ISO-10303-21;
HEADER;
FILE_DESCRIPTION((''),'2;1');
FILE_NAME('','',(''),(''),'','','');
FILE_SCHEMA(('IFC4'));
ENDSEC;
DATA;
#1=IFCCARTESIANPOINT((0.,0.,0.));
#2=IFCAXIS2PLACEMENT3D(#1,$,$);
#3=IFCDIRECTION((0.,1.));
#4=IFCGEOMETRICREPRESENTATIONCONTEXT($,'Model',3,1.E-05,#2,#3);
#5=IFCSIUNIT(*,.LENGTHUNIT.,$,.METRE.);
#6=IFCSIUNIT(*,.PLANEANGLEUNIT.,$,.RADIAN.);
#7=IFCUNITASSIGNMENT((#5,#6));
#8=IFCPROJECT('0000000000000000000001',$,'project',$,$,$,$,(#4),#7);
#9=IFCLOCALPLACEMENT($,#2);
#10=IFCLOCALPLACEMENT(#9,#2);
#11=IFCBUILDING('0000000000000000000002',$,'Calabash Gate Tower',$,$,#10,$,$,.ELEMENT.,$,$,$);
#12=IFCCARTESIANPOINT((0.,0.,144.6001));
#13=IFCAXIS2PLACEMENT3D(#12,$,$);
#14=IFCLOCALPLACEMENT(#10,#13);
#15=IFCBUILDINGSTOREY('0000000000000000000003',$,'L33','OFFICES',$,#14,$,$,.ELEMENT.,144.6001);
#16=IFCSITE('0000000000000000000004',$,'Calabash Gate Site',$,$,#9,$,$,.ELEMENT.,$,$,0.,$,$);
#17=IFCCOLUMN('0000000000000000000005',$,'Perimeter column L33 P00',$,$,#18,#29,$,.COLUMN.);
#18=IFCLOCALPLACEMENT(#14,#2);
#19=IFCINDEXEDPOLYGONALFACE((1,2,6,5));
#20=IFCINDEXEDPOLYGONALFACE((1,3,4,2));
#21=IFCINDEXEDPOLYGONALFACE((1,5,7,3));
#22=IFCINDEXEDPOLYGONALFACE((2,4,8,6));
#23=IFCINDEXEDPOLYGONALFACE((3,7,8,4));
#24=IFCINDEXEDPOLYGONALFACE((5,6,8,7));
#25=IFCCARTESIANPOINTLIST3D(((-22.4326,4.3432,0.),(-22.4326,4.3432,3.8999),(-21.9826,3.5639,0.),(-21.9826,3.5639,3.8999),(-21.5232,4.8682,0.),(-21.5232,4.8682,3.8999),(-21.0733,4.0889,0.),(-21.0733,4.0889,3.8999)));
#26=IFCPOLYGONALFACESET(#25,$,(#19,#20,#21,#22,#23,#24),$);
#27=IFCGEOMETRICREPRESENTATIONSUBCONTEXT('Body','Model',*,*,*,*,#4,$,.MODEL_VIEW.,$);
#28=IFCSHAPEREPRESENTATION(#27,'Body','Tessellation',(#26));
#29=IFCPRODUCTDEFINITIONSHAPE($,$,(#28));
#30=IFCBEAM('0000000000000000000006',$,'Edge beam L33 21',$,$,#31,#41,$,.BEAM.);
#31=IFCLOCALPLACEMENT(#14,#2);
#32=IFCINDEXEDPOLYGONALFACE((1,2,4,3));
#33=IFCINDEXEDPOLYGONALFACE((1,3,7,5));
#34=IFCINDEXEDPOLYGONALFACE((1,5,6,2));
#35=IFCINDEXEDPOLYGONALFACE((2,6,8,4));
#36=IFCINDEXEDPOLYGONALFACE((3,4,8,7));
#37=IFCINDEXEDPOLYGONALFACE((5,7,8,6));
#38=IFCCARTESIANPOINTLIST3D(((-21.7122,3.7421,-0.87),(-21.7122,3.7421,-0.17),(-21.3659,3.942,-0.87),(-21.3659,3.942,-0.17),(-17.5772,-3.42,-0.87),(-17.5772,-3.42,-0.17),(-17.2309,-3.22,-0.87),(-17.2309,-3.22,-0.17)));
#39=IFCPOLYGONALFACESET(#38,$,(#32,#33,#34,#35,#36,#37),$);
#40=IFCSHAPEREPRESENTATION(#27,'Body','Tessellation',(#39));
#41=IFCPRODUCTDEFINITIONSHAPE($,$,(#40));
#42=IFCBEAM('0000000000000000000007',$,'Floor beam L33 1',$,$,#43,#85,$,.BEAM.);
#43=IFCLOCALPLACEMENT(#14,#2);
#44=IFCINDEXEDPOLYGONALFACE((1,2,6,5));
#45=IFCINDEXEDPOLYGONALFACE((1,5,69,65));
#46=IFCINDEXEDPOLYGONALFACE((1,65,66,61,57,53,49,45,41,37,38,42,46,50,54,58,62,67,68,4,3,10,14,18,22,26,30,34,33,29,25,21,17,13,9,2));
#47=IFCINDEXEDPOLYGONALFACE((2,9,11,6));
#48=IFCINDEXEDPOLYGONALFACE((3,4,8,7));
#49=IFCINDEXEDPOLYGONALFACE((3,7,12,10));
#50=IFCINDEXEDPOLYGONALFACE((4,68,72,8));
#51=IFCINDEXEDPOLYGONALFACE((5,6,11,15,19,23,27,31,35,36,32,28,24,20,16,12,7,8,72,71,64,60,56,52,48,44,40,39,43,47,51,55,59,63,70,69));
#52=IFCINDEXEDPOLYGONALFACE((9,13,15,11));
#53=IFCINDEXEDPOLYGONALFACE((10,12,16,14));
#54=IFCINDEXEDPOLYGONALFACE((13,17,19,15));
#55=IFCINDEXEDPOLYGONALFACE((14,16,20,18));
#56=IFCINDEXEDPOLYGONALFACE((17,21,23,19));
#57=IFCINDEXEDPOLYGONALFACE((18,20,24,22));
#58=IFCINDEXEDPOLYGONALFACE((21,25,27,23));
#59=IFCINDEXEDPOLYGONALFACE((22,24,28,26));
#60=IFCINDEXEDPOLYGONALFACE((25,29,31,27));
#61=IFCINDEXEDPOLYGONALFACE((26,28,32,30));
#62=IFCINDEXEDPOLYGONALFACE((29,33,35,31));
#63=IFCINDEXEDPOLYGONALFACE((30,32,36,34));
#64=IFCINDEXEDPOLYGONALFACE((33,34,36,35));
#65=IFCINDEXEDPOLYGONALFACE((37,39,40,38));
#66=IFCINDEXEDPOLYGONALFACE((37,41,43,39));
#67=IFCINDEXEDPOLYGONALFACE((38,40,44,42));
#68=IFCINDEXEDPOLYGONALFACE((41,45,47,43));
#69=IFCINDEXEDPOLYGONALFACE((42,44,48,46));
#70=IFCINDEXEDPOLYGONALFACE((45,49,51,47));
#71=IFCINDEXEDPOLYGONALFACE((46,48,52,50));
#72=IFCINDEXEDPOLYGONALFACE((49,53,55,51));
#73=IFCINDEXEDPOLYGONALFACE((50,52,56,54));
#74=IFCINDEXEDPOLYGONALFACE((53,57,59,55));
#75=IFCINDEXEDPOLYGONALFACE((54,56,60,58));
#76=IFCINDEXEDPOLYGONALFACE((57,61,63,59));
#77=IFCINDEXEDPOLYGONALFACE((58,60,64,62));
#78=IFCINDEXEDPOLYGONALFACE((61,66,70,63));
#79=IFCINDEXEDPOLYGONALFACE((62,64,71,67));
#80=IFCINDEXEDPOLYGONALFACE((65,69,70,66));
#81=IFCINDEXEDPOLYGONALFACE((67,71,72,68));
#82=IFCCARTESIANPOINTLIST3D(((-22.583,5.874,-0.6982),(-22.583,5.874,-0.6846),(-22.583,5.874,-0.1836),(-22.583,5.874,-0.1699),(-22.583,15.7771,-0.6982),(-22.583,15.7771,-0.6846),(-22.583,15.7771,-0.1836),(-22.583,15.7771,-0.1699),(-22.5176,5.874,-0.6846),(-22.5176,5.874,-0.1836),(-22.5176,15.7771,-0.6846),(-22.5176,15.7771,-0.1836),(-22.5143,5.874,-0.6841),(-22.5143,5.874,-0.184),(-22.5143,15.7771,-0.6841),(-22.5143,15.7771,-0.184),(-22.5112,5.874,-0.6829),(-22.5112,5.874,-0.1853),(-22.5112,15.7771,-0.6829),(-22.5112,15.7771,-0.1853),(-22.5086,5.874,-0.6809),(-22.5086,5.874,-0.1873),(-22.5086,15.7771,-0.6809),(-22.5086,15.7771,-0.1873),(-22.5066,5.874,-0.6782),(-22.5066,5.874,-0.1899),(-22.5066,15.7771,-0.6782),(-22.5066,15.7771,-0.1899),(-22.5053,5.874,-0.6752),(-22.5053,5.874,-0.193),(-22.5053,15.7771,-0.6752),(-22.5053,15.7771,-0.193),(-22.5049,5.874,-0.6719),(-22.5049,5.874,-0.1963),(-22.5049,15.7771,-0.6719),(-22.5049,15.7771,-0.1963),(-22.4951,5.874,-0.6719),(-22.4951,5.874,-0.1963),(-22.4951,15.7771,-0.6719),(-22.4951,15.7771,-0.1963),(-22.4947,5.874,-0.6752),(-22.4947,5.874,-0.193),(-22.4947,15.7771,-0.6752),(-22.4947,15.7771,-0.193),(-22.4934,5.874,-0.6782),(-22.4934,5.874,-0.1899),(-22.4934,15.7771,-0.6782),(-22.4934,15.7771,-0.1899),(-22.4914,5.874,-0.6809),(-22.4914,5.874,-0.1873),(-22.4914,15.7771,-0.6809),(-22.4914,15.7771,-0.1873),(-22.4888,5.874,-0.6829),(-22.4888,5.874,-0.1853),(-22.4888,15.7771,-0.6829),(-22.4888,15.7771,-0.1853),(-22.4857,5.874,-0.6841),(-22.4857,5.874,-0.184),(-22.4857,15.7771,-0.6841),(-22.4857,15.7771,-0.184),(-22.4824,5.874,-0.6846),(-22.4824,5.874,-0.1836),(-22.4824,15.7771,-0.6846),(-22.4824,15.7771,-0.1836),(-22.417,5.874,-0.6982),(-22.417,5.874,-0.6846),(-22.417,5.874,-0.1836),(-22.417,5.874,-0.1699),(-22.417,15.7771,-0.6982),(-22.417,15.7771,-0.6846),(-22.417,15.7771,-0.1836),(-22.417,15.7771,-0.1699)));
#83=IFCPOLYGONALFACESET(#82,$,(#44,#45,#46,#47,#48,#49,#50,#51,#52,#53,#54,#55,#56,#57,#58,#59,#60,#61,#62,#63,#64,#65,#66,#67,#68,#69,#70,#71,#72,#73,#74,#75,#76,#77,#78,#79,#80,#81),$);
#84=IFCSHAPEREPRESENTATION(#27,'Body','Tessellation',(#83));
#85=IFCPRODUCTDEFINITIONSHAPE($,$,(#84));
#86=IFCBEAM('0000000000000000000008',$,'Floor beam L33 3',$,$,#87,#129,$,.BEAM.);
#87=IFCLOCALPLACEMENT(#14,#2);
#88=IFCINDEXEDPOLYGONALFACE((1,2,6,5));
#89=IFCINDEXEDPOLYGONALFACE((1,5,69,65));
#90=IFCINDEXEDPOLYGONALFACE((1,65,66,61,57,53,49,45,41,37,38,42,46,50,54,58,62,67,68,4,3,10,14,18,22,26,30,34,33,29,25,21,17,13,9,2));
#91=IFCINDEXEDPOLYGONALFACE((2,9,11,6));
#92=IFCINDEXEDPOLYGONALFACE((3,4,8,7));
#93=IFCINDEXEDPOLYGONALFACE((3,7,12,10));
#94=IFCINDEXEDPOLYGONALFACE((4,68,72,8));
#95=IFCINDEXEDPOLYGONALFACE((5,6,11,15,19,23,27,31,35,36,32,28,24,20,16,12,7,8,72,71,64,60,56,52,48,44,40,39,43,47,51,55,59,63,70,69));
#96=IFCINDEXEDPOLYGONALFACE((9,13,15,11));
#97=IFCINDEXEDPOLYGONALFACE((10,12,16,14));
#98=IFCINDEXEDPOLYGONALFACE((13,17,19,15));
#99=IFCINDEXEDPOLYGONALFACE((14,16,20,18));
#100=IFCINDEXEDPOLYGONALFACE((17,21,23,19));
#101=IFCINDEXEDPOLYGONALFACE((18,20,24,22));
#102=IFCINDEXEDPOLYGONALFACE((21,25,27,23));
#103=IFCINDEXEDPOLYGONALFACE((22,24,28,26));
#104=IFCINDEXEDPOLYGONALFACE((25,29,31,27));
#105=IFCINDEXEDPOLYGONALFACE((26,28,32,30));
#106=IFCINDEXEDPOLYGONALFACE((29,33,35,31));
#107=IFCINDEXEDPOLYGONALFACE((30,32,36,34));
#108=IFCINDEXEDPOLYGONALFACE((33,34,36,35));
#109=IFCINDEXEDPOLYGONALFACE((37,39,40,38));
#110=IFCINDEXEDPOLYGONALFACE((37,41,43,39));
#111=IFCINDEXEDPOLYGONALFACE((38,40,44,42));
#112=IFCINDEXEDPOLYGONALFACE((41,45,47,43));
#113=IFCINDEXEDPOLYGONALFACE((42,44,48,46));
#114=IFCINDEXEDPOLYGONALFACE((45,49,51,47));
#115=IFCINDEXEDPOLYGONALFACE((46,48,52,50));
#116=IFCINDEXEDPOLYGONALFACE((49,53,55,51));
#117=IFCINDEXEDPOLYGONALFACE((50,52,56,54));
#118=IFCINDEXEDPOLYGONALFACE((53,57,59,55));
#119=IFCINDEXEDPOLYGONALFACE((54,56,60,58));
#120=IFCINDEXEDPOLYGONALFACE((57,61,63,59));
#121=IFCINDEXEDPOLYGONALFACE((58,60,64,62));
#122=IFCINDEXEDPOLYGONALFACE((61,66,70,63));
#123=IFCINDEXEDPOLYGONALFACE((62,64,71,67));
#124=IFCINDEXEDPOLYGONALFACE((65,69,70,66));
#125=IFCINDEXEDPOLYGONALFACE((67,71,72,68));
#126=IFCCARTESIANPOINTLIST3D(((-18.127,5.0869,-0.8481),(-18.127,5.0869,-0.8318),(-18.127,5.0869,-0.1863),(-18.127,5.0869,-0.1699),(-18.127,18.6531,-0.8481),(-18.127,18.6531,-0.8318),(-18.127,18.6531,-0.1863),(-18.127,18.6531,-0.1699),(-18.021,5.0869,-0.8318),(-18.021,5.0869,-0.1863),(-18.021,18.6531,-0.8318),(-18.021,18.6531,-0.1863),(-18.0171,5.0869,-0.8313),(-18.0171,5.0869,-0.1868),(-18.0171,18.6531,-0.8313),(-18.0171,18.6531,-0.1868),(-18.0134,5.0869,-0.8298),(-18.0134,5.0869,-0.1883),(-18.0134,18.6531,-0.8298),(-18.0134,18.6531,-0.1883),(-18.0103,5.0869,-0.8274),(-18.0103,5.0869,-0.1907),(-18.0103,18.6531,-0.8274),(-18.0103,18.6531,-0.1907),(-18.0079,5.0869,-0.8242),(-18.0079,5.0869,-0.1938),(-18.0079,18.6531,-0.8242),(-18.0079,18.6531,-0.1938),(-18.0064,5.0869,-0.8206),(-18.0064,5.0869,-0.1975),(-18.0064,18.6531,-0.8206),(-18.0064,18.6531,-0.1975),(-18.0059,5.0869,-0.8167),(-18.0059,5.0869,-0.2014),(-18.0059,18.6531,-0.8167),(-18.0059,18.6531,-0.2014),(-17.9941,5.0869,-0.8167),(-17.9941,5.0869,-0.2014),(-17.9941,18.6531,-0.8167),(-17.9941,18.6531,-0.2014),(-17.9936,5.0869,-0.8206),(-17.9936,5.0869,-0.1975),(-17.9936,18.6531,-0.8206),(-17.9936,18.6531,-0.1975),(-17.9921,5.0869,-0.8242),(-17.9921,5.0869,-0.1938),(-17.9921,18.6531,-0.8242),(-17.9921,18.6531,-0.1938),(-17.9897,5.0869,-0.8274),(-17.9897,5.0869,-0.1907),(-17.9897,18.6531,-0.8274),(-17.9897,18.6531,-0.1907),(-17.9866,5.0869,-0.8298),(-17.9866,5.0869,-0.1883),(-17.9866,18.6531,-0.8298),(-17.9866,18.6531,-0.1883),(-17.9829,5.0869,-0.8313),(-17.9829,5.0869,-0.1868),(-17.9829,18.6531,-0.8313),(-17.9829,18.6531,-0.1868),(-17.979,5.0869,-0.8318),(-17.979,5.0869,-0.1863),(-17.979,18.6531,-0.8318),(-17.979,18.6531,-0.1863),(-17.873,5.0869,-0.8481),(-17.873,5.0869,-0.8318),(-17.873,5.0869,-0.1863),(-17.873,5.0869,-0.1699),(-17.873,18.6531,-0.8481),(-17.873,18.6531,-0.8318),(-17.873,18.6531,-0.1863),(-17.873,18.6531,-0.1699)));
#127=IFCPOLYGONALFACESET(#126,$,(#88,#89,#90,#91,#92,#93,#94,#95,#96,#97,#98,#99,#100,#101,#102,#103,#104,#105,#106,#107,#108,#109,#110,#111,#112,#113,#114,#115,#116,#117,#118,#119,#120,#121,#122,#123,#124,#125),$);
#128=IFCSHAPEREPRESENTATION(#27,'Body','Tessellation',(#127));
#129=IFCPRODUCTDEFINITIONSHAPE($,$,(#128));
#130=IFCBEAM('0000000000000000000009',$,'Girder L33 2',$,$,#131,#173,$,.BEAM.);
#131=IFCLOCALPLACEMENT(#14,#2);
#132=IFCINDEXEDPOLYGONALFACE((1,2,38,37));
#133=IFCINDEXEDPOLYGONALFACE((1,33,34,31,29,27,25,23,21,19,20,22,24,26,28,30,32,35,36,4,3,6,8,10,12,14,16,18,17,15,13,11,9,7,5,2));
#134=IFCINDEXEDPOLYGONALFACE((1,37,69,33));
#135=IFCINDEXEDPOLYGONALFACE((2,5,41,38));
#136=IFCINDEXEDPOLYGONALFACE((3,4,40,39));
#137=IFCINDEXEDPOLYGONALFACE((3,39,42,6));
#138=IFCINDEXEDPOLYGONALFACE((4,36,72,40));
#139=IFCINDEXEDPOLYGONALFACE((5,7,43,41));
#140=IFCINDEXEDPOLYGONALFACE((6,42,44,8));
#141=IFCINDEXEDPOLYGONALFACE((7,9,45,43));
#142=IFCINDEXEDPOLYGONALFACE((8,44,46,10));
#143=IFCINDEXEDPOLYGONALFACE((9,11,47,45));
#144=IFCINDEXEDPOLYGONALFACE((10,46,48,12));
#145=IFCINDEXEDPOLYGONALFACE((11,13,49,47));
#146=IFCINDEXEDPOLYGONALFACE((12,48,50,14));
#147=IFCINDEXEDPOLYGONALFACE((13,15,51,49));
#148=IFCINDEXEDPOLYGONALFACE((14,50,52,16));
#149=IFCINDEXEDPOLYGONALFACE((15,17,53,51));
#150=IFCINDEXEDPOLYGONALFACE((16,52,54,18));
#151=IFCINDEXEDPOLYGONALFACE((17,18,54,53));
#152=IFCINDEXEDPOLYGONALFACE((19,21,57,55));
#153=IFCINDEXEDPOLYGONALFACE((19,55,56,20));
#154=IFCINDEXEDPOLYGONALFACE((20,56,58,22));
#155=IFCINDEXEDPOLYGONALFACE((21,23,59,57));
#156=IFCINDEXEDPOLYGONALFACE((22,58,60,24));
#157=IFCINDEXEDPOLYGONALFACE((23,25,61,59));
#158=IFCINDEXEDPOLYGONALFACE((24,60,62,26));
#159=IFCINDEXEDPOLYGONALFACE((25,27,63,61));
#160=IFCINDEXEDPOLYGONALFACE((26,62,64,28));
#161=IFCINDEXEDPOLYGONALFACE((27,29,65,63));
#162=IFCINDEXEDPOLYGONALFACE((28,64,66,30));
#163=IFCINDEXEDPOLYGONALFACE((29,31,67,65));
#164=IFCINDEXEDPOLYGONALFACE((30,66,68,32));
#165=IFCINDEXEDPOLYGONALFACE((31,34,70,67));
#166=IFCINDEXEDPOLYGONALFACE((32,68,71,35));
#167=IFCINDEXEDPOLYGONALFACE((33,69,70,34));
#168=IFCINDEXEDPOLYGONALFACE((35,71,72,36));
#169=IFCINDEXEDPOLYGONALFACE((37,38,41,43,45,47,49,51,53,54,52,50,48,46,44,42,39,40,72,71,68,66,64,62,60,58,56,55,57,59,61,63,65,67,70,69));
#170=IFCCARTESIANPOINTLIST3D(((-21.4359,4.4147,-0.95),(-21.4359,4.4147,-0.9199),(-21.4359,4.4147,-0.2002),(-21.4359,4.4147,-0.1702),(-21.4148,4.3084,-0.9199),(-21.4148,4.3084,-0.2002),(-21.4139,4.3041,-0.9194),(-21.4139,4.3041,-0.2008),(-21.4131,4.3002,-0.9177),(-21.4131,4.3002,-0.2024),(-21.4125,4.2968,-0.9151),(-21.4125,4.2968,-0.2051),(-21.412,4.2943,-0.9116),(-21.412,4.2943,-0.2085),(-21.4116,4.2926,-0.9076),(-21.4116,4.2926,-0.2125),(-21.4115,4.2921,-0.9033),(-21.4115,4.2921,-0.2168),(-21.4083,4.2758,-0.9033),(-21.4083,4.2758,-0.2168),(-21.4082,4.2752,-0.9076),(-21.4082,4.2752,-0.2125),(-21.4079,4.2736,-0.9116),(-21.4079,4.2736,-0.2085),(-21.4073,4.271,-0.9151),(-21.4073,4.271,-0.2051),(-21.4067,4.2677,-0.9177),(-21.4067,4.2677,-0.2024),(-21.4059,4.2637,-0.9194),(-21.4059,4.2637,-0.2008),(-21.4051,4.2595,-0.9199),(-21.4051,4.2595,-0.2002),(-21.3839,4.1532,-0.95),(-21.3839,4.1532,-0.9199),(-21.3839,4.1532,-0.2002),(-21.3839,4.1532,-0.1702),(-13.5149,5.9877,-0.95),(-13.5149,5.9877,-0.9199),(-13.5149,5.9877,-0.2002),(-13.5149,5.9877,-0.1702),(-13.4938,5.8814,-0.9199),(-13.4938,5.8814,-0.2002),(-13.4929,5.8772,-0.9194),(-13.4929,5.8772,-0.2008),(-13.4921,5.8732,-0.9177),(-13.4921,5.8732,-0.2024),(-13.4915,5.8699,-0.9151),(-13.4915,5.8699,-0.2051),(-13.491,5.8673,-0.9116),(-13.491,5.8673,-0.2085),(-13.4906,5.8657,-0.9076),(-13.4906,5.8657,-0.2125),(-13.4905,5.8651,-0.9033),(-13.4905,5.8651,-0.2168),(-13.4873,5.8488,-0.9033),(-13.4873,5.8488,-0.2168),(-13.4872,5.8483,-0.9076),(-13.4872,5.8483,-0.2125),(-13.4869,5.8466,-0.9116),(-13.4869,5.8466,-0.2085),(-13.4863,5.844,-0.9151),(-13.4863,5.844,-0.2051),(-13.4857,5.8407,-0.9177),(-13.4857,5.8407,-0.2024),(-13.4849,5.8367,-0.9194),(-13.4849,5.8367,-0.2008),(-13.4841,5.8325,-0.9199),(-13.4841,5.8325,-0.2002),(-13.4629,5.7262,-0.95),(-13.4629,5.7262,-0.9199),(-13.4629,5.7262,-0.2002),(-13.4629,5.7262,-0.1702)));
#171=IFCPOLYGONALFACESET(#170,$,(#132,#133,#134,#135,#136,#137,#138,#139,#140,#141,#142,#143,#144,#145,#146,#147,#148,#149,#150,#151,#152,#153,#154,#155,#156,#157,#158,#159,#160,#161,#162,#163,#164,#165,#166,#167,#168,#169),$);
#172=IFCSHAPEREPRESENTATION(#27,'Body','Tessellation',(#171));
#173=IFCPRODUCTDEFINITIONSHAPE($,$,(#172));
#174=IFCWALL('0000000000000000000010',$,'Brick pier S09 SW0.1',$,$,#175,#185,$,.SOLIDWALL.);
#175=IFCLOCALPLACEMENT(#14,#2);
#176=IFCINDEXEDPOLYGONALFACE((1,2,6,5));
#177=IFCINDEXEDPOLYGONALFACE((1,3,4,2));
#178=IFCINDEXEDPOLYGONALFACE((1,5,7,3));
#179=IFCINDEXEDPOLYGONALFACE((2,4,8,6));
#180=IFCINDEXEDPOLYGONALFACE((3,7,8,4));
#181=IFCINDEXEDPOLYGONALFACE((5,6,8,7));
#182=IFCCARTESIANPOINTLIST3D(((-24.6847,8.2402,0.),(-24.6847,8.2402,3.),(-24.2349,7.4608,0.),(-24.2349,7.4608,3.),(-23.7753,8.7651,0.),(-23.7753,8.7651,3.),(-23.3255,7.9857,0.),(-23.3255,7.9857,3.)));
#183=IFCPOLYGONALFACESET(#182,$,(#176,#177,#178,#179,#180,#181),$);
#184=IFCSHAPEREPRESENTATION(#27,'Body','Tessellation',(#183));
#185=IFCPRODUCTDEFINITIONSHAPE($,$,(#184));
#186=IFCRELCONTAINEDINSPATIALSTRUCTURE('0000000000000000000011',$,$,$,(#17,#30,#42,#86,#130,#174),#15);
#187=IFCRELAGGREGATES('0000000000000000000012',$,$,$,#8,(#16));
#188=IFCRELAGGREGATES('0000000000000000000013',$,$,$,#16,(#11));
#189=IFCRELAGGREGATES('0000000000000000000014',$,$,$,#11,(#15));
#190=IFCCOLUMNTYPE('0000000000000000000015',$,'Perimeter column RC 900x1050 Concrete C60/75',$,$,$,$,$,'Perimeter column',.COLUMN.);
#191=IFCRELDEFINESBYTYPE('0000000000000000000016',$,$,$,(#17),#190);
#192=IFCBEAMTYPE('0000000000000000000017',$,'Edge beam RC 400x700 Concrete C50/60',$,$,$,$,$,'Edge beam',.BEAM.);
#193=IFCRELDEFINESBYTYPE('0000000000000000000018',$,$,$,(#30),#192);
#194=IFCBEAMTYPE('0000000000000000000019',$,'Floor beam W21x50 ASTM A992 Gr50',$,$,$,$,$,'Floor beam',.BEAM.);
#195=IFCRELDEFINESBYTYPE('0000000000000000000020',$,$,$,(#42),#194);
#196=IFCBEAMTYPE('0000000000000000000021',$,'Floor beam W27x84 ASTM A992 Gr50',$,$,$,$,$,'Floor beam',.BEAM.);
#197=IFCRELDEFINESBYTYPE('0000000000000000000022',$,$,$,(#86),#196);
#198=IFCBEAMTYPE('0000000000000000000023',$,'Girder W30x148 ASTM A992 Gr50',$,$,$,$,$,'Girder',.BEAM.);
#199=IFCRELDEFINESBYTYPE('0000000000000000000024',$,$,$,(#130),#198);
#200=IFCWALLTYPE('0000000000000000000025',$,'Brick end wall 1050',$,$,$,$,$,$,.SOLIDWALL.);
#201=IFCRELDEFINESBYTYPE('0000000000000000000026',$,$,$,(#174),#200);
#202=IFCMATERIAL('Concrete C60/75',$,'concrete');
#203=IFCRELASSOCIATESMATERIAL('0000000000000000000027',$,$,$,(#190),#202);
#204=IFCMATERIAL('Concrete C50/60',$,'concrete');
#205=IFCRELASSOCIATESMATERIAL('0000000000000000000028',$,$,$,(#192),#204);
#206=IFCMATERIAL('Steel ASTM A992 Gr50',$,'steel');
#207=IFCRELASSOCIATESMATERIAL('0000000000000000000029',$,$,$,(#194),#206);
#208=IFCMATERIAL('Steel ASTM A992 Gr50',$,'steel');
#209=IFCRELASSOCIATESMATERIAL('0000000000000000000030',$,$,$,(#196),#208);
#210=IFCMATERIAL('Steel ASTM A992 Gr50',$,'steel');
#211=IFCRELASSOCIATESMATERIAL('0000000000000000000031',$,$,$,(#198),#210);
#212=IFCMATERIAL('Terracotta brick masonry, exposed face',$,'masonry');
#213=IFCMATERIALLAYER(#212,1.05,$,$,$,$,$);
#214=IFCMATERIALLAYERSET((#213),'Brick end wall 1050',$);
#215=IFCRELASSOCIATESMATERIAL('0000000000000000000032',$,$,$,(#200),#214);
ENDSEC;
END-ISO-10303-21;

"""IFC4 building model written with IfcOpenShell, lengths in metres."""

from ifc_helpers import new_model, si_unit, direction, frame, frame_2d, origin, origin_2d, place, context, subcontext, project, spatial, rectangle, i_section, extrude, material, layer, layer_set, material_profile, profile_set, type_object, element, save


model = new_model("IFC4")

# Units and contexts
model_context = context("Model", 3, precision=1e-05, world=origin(), true_north=direction((0.0, 1.0)))
body_context = subcontext(model_context, "Body", "Model", "MODEL_VIEW")
ifc_project = project(units=[si_unit("LENGTHUNIT", "METRE"), si_unit("PLANEANGLEUNIT", "RADIAN")], contexts=[model_context])

# Site, building, storey
site_placement = place(None, origin())
site = spatial("IfcSite", under=ifc_project, at=site_placement, Name="Calabash Gate Site", CompositionType="ELEMENT", RefElevation=0.0)
building_placement = place(site_placement, origin())
building = spatial("IfcBuilding", under=site, at=building_placement, Name="Calabash Gate Tower", CompositionType="ELEMENT")
storey_placement = place(building_placement, frame((0.0, 0.0, 144.6001)))
storey = spatial("IfcBuildingStorey", under=building, at=storey_placement, Name="L33", Description="OFFICES", CompositionType="ELEMENT", Elevation=144.6001)

# Column
ifc_material_1 = material(Name="Concrete C60/75", Category="concrete")
ifc_material_profile_1 = material_profile(ifc_material_1, rectangle(XDim=0.8999, YDim=1.05, at=origin_2d()))
ifc_profile_set_1 = profile_set([ifc_material_profile_1], Name="Concrete C60/75")
column_type = type_object("IfcColumnType", Name="Perimeter column RC 900x1050 Concrete C60/75", ElementType="Perimeter column", PredefinedType="COLUMN", material=ifc_profile_set_1)
column_placement = place(storey_placement, frame((-21.7529, 4.2161, 0.0), z_axis=(0.0, 0.0, 1.0), x_axis=(0.5, -0.866025, 0.0)))
element("IfcColumn", 1, at=column_placement, inside=storey, type_object=column_type, Name="Perimeter column L33 P00", PredefinedType="COLUMN", context=body_context, shape_type="SweptSolid", body=[
    extrude(rectangle(XDim=0.8999, YDim=1.05, at=origin_2d()), origin(), (0.0, 0.0, 1.0), 3.8999),
])

# Beams
ifc_material_2 = material(Name="Concrete C50/60", Category="concrete")
ifc_material_profile_2 = material_profile(ifc_material_2, rectangle(XDim=0.3999, YDim=0.7, at=origin_2d()))
ifc_profile_set_2 = profile_set([ifc_material_profile_2], Name="Concrete C50/60")
beam_type_1 = type_object("IfcBeamType", Name="Edge beam RC 400x700 Concrete C50/60", ElementType="Edge beam", PredefinedType="BEAM", material=ifc_profile_set_2)
beam_1_placement = place(storey_placement, frame((-21.5391, 3.842, -0.52), z_axis=(0.499997, -0.866027, 0.0), x_axis=(0.866027, 0.499997, 0.0)))
element("IfcBeam", 2, at=beam_1_placement, inside=storey, type_object=beam_type_1, Name="Edge beam L33 21", PredefinedType="BEAM", context=body_context, shape_type="SweptSolid", body=[
    extrude(rectangle(XDim=0.3999, YDim=0.7, at=origin_2d()), origin(), (0.0, 0.0, 1.0), 8.27),
])
ifc_material_3 = material(Name="Steel ASTM A992 Gr50", Category="steel")
ifc_material_profile_3 = material_profile(ifc_material_3, i_section(OverallWidth=0.166, OverallDepth=0.5283, WebThickness=0.0098, FlangeThickness=0.0137, FilletRadius=0.0127, at=origin_2d()))
ifc_profile_set_3 = profile_set([ifc_material_profile_3], Name="Steel ASTM A992 Gr50")
beam_type_2 = type_object("IfcBeamType", Name="Floor beam W21x50 ASTM A992 Gr50", ElementType="Floor beam", PredefinedType="BEAM", material=ifc_profile_set_3)
beam_2_placement = place(storey_placement, frame((-22.5, 5.874, -0.4341), z_axis=(0.0, 1.0, 0.0), x_axis=(-1.0, 0.0, 0.0)))
element("IfcBeam", 3, at=beam_2_placement, inside=storey, type_object=beam_type_2, Name="Floor beam L33 1", PredefinedType="BEAM", context=body_context, shape_type="SweptSolid", body=[
    extrude(i_section(OverallWidth=0.166, OverallDepth=0.5283, WebThickness=0.0098, FlangeThickness=0.0137, FilletRadius=0.0127, at=origin_2d()), origin(), (0.0, 0.0, 1.0), 9.9031),
])
ifc_material_4 = material(Name="Steel ASTM A992 Gr50", Category="steel")
ifc_material_profile_4 = material_profile(ifc_material_4, i_section(OverallWidth=0.2539, OverallDepth=0.6782, WebThickness=0.0117, FlangeThickness=0.0164, FilletRadius=0.0151, at=origin_2d()))
ifc_profile_set_4 = profile_set([ifc_material_profile_4], Name="Steel ASTM A992 Gr50")
beam_type_3 = type_object("IfcBeamType", Name="Floor beam W27x84 ASTM A992 Gr50", ElementType="Floor beam", PredefinedType="BEAM", material=ifc_profile_set_4)
beam_3_placement = place(storey_placement, frame((-18.0, 5.0869, -0.509), z_axis=(0.0, 1.0, 0.0), x_axis=(-1.0, 0.0, 0.0)))
element("IfcBeam", 4, at=beam_3_placement, inside=storey, type_object=beam_type_3, Name="Floor beam L33 3", PredefinedType="BEAM", context=body_context, shape_type="SweptSolid", body=[
    extrude(i_section(OverallWidth=0.2539, OverallDepth=0.6782, WebThickness=0.0117, FlangeThickness=0.0164, FilletRadius=0.0151, at=origin_2d()), origin(), (0.0, 0.0, 1.0), 13.5662),
])
ifc_material_5 = material(Name="Steel ASTM A992 Gr50", Category="steel")
ifc_material_profile_5 = material_profile(ifc_material_5, i_section(OverallWidth=0.2666, OverallDepth=0.7798, WebThickness=0.0166, FlangeThickness=0.03, FilletRadius=0.0166, at=origin_2d()))
ifc_profile_set_5 = profile_set([ifc_material_profile_5], Name="Steel ASTM A992 Gr50")
beam_type_4 = type_object("IfcBeamType", Name="Girder W30x148 ASTM A992 Gr50", ElementType="Girder", PredefinedType="BEAM", material=ifc_profile_set_5)
beam_4_placement = place(storey_placement, frame((-21.4099, 4.2839, -0.5601), z_axis=(0.980846, 0.194785, 0.0), x_axis=(-0.194785, 0.980846, 0.0)))
element("IfcBeam", 5, at=beam_4_placement, inside=storey, type_object=beam_type_4, Name="Girder L33 2", PredefinedType="BEAM", context=body_context, shape_type="SweptSolid", body=[
    extrude(i_section(OverallWidth=0.2666, OverallDepth=0.7798, WebThickness=0.0166, FlangeThickness=0.03, FilletRadius=0.0166, at=origin_2d()), origin(), (0.0, 0.0, 1.0), 8.0757),
])

# Wall
ifc_material_6 = material(Name="Terracotta brick masonry, exposed face", Category="masonry")
ifc_layer_1 = layer(ifc_material_6, 1.05)
ifc_layer_set_1 = layer_set([ifc_layer_1], Name="Brick end wall 1050")
wall_type_1 = type_object("IfcWallType", Name="Brick end wall 1050", PredefinedType="SOLIDWALL", material=ifc_layer_set_1)
wall_1_placement = place(storey_placement, frame((-24.4597, 7.8506, 0.0), z_axis=(0.0, 0.0, 1.0), x_axis=(0.866089, 0.49989, 0.0)))
element("IfcWall", 6, at=wall_1_placement, inside=storey, type_object=wall_type_1, Name="Brick pier S09 SW0.1", PredefinedType="SOLIDWALL", context=body_context, shape_type="SweptSolid", body=[
    extrude(rectangle(XDim=1.05, YDim=0.8999, at=frame_2d((0.5249, 0.0))), origin(), (0.0, 0.0, 1.0), 3.0),
])

save(model, "model.ifc")
